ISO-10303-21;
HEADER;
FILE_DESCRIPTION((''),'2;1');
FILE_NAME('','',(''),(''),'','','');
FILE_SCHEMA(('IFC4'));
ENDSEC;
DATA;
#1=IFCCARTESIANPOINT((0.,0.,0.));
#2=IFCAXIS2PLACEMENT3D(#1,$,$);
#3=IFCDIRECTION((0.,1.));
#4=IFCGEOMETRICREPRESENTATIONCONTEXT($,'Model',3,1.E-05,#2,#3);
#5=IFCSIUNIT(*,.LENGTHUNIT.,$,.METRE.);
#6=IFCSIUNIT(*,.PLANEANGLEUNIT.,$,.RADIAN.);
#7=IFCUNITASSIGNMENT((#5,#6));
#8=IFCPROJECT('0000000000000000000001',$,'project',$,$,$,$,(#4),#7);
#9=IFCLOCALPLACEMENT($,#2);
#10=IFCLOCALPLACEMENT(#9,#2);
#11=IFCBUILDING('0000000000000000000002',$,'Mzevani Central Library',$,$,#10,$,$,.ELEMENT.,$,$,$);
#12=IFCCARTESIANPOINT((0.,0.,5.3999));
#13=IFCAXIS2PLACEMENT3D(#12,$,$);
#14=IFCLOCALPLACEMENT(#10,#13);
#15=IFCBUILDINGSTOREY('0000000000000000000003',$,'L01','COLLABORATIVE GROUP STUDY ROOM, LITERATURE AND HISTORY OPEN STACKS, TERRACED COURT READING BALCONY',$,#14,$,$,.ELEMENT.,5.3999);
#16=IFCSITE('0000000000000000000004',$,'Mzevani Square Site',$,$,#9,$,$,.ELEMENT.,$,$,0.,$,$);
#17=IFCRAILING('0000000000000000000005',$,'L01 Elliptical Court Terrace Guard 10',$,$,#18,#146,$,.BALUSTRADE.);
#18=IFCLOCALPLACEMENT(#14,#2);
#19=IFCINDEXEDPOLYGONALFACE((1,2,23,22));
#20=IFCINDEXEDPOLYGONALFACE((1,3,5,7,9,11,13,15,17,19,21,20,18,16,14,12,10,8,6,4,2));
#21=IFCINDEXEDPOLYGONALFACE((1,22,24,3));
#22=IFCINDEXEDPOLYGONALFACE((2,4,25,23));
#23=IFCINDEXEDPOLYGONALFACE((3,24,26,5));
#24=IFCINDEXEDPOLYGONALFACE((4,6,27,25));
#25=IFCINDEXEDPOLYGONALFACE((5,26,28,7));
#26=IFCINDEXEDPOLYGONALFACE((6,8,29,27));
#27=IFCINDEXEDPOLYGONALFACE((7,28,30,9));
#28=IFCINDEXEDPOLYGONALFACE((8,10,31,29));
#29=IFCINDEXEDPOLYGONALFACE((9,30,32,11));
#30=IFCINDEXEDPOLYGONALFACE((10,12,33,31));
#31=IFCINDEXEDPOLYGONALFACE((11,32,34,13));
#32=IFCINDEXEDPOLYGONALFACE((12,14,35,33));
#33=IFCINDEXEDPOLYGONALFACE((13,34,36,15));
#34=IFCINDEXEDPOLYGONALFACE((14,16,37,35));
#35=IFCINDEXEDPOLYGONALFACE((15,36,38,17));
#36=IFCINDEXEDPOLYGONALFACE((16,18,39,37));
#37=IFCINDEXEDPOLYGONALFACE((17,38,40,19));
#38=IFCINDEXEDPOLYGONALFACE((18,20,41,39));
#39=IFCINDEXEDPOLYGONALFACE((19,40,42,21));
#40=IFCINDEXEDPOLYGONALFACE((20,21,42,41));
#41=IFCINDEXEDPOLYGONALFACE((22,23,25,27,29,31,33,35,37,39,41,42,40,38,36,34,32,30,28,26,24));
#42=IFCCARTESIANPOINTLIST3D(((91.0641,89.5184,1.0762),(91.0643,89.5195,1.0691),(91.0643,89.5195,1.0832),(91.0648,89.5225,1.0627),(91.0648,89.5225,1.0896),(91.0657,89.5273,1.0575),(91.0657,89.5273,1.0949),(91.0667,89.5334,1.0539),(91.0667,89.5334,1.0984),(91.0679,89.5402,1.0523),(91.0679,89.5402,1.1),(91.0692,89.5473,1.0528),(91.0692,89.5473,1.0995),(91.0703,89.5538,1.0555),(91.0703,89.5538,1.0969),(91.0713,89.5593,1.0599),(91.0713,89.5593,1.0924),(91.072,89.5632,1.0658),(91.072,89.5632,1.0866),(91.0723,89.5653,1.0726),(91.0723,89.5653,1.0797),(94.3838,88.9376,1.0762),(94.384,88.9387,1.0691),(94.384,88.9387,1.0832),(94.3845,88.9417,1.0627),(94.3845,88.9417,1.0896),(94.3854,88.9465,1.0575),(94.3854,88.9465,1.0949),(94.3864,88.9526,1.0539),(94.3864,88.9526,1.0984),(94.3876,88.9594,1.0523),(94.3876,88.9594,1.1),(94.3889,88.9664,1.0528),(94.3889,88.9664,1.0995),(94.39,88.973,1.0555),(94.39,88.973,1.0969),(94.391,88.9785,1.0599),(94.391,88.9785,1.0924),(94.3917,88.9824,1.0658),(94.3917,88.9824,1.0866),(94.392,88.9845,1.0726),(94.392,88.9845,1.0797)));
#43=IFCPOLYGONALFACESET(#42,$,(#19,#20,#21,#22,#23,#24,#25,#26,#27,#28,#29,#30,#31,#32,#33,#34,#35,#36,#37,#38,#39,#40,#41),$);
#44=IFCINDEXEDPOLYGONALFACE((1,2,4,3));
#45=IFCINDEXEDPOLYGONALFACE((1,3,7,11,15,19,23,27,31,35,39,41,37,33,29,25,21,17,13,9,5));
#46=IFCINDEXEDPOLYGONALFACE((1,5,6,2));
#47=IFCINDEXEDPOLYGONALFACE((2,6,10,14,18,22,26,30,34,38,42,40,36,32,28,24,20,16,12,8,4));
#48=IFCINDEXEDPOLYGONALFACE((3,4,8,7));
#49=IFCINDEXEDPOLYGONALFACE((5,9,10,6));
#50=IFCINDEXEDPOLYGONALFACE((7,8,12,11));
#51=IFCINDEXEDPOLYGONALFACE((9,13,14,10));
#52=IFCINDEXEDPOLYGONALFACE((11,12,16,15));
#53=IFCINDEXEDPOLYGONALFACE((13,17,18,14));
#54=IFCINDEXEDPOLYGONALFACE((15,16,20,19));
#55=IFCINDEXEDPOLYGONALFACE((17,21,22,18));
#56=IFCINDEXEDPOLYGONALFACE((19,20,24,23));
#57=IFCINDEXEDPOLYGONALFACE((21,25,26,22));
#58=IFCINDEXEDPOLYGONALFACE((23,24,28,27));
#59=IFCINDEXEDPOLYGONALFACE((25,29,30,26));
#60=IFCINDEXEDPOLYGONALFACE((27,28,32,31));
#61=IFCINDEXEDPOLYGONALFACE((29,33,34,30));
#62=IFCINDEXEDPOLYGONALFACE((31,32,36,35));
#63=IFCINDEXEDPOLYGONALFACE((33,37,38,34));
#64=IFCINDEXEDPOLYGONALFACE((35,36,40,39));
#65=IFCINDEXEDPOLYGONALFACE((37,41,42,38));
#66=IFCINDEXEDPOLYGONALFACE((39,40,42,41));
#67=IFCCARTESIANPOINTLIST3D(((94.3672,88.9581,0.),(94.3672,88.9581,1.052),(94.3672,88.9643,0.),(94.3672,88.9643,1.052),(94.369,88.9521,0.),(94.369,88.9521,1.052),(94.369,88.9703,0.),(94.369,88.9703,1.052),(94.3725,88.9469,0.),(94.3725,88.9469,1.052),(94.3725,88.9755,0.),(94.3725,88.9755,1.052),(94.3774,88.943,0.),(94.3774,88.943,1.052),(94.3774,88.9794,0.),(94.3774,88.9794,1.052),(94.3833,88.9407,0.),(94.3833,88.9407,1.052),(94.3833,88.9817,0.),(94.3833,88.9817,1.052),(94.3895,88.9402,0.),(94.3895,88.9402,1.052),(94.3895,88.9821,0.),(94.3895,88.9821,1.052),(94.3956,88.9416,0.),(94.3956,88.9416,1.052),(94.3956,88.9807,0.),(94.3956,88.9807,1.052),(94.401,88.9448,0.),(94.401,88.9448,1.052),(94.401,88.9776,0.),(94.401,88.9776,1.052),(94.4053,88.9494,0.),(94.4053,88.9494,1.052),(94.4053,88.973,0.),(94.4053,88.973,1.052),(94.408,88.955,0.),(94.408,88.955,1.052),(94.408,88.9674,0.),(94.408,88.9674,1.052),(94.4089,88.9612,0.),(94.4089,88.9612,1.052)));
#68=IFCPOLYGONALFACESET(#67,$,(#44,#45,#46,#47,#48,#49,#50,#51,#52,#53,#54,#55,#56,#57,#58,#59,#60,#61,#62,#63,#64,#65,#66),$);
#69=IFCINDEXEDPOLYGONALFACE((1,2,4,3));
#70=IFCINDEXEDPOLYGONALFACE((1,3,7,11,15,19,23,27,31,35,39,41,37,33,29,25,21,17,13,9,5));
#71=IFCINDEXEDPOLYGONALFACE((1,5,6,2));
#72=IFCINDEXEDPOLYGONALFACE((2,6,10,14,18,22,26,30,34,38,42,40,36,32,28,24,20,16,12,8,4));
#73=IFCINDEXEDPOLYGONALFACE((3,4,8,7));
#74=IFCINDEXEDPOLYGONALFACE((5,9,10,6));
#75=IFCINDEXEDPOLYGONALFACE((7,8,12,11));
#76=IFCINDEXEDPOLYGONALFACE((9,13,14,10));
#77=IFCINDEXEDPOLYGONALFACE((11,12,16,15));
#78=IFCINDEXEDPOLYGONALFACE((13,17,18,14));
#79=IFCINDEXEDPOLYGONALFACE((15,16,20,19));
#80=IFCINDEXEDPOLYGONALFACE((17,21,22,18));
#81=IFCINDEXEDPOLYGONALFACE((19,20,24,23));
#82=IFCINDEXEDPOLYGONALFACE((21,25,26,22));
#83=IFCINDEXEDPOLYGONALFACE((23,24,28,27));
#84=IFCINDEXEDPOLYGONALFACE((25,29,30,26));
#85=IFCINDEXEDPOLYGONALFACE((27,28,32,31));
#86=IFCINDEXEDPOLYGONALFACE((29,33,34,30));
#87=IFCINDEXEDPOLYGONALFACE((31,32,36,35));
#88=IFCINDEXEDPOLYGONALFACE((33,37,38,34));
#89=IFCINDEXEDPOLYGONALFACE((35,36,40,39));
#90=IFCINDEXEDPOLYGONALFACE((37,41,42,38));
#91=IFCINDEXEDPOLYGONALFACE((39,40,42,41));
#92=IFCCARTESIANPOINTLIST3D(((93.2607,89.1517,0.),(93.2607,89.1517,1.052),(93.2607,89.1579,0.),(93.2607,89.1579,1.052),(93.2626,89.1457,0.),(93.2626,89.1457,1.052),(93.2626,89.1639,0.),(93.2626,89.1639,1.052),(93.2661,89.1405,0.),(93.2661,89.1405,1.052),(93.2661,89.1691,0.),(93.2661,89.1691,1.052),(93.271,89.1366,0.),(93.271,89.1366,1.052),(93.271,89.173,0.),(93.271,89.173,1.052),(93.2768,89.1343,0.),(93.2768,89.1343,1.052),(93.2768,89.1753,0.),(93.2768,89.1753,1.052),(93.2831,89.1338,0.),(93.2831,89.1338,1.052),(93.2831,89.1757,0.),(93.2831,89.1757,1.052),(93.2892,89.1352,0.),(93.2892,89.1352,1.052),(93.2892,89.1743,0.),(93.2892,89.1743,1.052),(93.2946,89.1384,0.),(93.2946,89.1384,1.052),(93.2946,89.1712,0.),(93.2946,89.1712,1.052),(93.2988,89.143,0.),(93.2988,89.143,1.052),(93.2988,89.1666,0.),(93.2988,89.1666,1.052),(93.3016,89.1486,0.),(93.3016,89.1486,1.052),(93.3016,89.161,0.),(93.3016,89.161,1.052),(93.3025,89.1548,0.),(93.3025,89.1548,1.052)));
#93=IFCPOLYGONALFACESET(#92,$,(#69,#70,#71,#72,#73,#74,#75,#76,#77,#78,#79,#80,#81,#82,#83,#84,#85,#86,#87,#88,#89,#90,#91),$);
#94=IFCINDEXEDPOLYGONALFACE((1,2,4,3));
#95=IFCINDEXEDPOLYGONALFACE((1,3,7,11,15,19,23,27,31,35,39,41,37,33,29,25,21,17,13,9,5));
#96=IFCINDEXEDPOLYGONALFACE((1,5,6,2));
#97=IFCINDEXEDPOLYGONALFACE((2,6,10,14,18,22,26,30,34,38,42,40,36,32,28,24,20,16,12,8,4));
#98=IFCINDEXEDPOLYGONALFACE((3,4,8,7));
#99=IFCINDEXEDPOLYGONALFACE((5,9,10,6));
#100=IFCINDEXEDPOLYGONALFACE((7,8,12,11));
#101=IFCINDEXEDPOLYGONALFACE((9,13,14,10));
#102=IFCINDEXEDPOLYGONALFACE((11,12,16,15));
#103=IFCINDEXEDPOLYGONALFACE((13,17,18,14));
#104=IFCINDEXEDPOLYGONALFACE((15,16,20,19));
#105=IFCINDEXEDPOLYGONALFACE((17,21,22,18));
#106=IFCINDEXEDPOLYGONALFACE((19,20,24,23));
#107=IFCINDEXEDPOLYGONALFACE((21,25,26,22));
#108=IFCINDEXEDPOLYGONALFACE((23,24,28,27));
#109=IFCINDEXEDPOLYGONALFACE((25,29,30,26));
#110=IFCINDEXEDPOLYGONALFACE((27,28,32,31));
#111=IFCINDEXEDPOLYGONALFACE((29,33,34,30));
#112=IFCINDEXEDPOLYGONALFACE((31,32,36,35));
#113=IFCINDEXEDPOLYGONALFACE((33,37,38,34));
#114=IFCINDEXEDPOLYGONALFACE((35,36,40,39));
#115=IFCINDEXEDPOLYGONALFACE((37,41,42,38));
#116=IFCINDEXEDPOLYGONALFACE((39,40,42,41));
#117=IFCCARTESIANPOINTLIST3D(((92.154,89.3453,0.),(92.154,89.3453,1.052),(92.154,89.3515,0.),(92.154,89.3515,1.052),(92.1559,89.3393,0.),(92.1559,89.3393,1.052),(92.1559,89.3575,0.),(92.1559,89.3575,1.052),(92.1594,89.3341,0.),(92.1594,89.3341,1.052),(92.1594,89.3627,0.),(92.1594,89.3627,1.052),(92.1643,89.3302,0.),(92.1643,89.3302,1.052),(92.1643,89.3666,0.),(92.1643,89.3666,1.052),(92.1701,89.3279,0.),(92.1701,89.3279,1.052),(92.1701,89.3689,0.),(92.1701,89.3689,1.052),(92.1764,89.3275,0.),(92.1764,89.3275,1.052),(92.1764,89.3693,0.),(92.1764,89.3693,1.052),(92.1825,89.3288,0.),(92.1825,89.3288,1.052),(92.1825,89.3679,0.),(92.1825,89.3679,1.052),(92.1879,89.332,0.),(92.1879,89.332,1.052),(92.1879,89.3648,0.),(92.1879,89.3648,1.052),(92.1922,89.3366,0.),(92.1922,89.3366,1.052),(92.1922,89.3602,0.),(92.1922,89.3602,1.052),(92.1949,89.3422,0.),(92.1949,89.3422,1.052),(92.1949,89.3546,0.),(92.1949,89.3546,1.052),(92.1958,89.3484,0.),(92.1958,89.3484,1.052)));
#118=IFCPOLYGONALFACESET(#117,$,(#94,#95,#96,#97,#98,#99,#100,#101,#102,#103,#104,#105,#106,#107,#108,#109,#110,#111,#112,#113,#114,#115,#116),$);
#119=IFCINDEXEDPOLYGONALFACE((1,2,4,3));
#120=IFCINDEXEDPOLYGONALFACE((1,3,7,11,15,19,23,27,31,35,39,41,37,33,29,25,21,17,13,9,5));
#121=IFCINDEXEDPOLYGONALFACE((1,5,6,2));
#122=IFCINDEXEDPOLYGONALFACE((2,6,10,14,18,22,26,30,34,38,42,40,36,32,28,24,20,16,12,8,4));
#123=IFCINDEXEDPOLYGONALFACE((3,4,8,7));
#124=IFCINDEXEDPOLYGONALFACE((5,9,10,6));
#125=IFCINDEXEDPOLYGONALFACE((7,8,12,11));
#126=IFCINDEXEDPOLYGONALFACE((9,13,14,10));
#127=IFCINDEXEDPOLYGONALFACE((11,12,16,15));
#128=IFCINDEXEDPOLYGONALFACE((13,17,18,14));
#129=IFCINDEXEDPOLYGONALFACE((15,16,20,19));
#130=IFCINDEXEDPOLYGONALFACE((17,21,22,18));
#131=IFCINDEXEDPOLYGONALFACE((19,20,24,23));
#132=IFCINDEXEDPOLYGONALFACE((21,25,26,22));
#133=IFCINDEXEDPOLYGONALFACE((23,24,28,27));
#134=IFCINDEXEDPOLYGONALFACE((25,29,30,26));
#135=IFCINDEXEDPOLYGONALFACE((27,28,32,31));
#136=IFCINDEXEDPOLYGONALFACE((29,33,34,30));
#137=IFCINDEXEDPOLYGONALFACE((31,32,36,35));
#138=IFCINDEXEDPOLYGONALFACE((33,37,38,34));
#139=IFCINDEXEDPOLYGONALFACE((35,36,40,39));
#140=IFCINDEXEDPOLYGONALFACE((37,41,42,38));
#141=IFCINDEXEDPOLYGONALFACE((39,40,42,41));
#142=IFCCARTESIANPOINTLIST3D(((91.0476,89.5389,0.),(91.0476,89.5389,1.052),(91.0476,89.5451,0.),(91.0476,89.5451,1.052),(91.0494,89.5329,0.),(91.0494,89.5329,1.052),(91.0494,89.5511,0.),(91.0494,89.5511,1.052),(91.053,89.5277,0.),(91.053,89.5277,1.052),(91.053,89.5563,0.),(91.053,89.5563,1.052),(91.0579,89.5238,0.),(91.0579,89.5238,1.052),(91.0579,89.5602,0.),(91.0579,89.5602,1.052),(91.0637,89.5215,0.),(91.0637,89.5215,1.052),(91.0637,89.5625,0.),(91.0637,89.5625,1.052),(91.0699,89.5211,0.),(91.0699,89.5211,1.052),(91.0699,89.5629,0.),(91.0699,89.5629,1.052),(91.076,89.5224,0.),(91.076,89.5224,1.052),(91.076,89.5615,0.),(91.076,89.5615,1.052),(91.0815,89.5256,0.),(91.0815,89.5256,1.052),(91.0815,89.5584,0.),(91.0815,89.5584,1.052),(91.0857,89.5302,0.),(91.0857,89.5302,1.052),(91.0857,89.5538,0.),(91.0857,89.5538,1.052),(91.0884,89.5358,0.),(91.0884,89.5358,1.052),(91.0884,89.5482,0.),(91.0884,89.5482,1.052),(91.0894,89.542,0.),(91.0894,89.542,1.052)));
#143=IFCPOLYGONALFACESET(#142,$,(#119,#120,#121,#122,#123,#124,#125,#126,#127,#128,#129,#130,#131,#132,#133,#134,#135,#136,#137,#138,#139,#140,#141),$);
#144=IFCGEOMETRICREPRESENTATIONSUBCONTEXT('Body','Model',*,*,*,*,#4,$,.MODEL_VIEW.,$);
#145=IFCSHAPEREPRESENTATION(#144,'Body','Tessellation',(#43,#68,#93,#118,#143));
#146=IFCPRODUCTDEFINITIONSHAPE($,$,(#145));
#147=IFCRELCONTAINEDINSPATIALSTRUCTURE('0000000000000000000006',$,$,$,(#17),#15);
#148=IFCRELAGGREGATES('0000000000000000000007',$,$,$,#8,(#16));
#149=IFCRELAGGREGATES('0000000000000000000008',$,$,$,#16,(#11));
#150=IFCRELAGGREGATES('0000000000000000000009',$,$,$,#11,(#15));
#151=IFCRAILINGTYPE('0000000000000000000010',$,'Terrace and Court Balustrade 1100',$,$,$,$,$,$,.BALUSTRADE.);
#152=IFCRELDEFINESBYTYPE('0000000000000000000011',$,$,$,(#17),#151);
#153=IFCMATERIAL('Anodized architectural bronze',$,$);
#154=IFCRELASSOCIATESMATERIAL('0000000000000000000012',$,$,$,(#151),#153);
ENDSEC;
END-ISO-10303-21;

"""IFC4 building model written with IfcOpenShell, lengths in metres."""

from ifc_helpers import new_model, si_unit, direction, frame, origin, origin_2d, place, context, subcontext, project, spatial, circle, extrude, material, type_object, element, save


model = new_model("IFC4")

# Units and contexts
model_context = context("Model", 3, precision=1e-05, world=origin(), true_north=direction((0.0, 1.0)))
body_context = subcontext(model_context, "Body", "Model", "MODEL_VIEW")
ifc_project = project(units=[si_unit("LENGTHUNIT", "METRE"), si_unit("PLANEANGLEUNIT", "RADIAN")], contexts=[model_context])

# Site, building, storey
site_placement = place(None, origin())
site = spatial("IfcSite", under=ifc_project, at=site_placement, Name="Mzevani Square Site", CompositionType="ELEMENT", RefElevation=0.0)
building_placement = place(site_placement, origin())
building = spatial("IfcBuilding", under=site, at=building_placement, Name="Mzevani Central Library", CompositionType="ELEMENT")
storey_placement = place(building_placement, frame((0.0, 0.0, 5.3999)))
storey = spatial("IfcBuildingStorey", under=building, at=storey_placement, Name="L01", Description="COLLABORATIVE GROUP STUDY ROOM, LITERATURE AND HISTORY OPEN STACKS, TERRACED COURT READING BALCONY", CompositionType="ELEMENT", Elevation=5.3999)

# Railing
ifc_material_1 = material(Name="Anodized architectural bronze")
railing_type = type_object("IfcRailingType", Name="Terrace and Court Balustrade 1100", PredefinedType="BALUSTRADE", material=ifc_material_1)
railing_1_placement = place(storey_placement, frame((94.3879, 88.9612, 0.0)))
element("IfcRailing", 1, at=railing_1_placement, inside=storey, type_object=railing_type, Name="L01 Elliptical Court Terrace Guard 10", PredefinedType="BALUSTRADE", context=body_context, shape_type="SweptSolid", body=[
    extrude(circle(Radius=0.0239, at=origin_2d()), frame((0.0, 0.0, 1.0762), z_axis=(-0.985036, 0.172347, 0.0), x_axis=(-0.172347, -0.985036, 0.0)), (0.0, 0.0, 1.0), 3.3701),
    extrude(circle(Radius=0.021, at=origin_2d()), origin(), (0.0, 0.0, 1.0), 1.052),
    extrude(circle(Radius=0.021, at=origin_2d()), frame((-1.1064, 0.1936, 0.0)), (0.0, 0.0, 1.0), 1.052),
    extrude(circle(Radius=0.021, at=origin_2d()), frame((-2.2131, 0.3872, 0.0)), (0.0, 0.0, 1.0), 1.052),
    extrude(circle(Radius=0.021, at=origin_2d()), frame((-3.3196, 0.5808, 0.0)), (0.0, 0.0, 1.0), 1.052),
])

save(model, "model.ifc")
